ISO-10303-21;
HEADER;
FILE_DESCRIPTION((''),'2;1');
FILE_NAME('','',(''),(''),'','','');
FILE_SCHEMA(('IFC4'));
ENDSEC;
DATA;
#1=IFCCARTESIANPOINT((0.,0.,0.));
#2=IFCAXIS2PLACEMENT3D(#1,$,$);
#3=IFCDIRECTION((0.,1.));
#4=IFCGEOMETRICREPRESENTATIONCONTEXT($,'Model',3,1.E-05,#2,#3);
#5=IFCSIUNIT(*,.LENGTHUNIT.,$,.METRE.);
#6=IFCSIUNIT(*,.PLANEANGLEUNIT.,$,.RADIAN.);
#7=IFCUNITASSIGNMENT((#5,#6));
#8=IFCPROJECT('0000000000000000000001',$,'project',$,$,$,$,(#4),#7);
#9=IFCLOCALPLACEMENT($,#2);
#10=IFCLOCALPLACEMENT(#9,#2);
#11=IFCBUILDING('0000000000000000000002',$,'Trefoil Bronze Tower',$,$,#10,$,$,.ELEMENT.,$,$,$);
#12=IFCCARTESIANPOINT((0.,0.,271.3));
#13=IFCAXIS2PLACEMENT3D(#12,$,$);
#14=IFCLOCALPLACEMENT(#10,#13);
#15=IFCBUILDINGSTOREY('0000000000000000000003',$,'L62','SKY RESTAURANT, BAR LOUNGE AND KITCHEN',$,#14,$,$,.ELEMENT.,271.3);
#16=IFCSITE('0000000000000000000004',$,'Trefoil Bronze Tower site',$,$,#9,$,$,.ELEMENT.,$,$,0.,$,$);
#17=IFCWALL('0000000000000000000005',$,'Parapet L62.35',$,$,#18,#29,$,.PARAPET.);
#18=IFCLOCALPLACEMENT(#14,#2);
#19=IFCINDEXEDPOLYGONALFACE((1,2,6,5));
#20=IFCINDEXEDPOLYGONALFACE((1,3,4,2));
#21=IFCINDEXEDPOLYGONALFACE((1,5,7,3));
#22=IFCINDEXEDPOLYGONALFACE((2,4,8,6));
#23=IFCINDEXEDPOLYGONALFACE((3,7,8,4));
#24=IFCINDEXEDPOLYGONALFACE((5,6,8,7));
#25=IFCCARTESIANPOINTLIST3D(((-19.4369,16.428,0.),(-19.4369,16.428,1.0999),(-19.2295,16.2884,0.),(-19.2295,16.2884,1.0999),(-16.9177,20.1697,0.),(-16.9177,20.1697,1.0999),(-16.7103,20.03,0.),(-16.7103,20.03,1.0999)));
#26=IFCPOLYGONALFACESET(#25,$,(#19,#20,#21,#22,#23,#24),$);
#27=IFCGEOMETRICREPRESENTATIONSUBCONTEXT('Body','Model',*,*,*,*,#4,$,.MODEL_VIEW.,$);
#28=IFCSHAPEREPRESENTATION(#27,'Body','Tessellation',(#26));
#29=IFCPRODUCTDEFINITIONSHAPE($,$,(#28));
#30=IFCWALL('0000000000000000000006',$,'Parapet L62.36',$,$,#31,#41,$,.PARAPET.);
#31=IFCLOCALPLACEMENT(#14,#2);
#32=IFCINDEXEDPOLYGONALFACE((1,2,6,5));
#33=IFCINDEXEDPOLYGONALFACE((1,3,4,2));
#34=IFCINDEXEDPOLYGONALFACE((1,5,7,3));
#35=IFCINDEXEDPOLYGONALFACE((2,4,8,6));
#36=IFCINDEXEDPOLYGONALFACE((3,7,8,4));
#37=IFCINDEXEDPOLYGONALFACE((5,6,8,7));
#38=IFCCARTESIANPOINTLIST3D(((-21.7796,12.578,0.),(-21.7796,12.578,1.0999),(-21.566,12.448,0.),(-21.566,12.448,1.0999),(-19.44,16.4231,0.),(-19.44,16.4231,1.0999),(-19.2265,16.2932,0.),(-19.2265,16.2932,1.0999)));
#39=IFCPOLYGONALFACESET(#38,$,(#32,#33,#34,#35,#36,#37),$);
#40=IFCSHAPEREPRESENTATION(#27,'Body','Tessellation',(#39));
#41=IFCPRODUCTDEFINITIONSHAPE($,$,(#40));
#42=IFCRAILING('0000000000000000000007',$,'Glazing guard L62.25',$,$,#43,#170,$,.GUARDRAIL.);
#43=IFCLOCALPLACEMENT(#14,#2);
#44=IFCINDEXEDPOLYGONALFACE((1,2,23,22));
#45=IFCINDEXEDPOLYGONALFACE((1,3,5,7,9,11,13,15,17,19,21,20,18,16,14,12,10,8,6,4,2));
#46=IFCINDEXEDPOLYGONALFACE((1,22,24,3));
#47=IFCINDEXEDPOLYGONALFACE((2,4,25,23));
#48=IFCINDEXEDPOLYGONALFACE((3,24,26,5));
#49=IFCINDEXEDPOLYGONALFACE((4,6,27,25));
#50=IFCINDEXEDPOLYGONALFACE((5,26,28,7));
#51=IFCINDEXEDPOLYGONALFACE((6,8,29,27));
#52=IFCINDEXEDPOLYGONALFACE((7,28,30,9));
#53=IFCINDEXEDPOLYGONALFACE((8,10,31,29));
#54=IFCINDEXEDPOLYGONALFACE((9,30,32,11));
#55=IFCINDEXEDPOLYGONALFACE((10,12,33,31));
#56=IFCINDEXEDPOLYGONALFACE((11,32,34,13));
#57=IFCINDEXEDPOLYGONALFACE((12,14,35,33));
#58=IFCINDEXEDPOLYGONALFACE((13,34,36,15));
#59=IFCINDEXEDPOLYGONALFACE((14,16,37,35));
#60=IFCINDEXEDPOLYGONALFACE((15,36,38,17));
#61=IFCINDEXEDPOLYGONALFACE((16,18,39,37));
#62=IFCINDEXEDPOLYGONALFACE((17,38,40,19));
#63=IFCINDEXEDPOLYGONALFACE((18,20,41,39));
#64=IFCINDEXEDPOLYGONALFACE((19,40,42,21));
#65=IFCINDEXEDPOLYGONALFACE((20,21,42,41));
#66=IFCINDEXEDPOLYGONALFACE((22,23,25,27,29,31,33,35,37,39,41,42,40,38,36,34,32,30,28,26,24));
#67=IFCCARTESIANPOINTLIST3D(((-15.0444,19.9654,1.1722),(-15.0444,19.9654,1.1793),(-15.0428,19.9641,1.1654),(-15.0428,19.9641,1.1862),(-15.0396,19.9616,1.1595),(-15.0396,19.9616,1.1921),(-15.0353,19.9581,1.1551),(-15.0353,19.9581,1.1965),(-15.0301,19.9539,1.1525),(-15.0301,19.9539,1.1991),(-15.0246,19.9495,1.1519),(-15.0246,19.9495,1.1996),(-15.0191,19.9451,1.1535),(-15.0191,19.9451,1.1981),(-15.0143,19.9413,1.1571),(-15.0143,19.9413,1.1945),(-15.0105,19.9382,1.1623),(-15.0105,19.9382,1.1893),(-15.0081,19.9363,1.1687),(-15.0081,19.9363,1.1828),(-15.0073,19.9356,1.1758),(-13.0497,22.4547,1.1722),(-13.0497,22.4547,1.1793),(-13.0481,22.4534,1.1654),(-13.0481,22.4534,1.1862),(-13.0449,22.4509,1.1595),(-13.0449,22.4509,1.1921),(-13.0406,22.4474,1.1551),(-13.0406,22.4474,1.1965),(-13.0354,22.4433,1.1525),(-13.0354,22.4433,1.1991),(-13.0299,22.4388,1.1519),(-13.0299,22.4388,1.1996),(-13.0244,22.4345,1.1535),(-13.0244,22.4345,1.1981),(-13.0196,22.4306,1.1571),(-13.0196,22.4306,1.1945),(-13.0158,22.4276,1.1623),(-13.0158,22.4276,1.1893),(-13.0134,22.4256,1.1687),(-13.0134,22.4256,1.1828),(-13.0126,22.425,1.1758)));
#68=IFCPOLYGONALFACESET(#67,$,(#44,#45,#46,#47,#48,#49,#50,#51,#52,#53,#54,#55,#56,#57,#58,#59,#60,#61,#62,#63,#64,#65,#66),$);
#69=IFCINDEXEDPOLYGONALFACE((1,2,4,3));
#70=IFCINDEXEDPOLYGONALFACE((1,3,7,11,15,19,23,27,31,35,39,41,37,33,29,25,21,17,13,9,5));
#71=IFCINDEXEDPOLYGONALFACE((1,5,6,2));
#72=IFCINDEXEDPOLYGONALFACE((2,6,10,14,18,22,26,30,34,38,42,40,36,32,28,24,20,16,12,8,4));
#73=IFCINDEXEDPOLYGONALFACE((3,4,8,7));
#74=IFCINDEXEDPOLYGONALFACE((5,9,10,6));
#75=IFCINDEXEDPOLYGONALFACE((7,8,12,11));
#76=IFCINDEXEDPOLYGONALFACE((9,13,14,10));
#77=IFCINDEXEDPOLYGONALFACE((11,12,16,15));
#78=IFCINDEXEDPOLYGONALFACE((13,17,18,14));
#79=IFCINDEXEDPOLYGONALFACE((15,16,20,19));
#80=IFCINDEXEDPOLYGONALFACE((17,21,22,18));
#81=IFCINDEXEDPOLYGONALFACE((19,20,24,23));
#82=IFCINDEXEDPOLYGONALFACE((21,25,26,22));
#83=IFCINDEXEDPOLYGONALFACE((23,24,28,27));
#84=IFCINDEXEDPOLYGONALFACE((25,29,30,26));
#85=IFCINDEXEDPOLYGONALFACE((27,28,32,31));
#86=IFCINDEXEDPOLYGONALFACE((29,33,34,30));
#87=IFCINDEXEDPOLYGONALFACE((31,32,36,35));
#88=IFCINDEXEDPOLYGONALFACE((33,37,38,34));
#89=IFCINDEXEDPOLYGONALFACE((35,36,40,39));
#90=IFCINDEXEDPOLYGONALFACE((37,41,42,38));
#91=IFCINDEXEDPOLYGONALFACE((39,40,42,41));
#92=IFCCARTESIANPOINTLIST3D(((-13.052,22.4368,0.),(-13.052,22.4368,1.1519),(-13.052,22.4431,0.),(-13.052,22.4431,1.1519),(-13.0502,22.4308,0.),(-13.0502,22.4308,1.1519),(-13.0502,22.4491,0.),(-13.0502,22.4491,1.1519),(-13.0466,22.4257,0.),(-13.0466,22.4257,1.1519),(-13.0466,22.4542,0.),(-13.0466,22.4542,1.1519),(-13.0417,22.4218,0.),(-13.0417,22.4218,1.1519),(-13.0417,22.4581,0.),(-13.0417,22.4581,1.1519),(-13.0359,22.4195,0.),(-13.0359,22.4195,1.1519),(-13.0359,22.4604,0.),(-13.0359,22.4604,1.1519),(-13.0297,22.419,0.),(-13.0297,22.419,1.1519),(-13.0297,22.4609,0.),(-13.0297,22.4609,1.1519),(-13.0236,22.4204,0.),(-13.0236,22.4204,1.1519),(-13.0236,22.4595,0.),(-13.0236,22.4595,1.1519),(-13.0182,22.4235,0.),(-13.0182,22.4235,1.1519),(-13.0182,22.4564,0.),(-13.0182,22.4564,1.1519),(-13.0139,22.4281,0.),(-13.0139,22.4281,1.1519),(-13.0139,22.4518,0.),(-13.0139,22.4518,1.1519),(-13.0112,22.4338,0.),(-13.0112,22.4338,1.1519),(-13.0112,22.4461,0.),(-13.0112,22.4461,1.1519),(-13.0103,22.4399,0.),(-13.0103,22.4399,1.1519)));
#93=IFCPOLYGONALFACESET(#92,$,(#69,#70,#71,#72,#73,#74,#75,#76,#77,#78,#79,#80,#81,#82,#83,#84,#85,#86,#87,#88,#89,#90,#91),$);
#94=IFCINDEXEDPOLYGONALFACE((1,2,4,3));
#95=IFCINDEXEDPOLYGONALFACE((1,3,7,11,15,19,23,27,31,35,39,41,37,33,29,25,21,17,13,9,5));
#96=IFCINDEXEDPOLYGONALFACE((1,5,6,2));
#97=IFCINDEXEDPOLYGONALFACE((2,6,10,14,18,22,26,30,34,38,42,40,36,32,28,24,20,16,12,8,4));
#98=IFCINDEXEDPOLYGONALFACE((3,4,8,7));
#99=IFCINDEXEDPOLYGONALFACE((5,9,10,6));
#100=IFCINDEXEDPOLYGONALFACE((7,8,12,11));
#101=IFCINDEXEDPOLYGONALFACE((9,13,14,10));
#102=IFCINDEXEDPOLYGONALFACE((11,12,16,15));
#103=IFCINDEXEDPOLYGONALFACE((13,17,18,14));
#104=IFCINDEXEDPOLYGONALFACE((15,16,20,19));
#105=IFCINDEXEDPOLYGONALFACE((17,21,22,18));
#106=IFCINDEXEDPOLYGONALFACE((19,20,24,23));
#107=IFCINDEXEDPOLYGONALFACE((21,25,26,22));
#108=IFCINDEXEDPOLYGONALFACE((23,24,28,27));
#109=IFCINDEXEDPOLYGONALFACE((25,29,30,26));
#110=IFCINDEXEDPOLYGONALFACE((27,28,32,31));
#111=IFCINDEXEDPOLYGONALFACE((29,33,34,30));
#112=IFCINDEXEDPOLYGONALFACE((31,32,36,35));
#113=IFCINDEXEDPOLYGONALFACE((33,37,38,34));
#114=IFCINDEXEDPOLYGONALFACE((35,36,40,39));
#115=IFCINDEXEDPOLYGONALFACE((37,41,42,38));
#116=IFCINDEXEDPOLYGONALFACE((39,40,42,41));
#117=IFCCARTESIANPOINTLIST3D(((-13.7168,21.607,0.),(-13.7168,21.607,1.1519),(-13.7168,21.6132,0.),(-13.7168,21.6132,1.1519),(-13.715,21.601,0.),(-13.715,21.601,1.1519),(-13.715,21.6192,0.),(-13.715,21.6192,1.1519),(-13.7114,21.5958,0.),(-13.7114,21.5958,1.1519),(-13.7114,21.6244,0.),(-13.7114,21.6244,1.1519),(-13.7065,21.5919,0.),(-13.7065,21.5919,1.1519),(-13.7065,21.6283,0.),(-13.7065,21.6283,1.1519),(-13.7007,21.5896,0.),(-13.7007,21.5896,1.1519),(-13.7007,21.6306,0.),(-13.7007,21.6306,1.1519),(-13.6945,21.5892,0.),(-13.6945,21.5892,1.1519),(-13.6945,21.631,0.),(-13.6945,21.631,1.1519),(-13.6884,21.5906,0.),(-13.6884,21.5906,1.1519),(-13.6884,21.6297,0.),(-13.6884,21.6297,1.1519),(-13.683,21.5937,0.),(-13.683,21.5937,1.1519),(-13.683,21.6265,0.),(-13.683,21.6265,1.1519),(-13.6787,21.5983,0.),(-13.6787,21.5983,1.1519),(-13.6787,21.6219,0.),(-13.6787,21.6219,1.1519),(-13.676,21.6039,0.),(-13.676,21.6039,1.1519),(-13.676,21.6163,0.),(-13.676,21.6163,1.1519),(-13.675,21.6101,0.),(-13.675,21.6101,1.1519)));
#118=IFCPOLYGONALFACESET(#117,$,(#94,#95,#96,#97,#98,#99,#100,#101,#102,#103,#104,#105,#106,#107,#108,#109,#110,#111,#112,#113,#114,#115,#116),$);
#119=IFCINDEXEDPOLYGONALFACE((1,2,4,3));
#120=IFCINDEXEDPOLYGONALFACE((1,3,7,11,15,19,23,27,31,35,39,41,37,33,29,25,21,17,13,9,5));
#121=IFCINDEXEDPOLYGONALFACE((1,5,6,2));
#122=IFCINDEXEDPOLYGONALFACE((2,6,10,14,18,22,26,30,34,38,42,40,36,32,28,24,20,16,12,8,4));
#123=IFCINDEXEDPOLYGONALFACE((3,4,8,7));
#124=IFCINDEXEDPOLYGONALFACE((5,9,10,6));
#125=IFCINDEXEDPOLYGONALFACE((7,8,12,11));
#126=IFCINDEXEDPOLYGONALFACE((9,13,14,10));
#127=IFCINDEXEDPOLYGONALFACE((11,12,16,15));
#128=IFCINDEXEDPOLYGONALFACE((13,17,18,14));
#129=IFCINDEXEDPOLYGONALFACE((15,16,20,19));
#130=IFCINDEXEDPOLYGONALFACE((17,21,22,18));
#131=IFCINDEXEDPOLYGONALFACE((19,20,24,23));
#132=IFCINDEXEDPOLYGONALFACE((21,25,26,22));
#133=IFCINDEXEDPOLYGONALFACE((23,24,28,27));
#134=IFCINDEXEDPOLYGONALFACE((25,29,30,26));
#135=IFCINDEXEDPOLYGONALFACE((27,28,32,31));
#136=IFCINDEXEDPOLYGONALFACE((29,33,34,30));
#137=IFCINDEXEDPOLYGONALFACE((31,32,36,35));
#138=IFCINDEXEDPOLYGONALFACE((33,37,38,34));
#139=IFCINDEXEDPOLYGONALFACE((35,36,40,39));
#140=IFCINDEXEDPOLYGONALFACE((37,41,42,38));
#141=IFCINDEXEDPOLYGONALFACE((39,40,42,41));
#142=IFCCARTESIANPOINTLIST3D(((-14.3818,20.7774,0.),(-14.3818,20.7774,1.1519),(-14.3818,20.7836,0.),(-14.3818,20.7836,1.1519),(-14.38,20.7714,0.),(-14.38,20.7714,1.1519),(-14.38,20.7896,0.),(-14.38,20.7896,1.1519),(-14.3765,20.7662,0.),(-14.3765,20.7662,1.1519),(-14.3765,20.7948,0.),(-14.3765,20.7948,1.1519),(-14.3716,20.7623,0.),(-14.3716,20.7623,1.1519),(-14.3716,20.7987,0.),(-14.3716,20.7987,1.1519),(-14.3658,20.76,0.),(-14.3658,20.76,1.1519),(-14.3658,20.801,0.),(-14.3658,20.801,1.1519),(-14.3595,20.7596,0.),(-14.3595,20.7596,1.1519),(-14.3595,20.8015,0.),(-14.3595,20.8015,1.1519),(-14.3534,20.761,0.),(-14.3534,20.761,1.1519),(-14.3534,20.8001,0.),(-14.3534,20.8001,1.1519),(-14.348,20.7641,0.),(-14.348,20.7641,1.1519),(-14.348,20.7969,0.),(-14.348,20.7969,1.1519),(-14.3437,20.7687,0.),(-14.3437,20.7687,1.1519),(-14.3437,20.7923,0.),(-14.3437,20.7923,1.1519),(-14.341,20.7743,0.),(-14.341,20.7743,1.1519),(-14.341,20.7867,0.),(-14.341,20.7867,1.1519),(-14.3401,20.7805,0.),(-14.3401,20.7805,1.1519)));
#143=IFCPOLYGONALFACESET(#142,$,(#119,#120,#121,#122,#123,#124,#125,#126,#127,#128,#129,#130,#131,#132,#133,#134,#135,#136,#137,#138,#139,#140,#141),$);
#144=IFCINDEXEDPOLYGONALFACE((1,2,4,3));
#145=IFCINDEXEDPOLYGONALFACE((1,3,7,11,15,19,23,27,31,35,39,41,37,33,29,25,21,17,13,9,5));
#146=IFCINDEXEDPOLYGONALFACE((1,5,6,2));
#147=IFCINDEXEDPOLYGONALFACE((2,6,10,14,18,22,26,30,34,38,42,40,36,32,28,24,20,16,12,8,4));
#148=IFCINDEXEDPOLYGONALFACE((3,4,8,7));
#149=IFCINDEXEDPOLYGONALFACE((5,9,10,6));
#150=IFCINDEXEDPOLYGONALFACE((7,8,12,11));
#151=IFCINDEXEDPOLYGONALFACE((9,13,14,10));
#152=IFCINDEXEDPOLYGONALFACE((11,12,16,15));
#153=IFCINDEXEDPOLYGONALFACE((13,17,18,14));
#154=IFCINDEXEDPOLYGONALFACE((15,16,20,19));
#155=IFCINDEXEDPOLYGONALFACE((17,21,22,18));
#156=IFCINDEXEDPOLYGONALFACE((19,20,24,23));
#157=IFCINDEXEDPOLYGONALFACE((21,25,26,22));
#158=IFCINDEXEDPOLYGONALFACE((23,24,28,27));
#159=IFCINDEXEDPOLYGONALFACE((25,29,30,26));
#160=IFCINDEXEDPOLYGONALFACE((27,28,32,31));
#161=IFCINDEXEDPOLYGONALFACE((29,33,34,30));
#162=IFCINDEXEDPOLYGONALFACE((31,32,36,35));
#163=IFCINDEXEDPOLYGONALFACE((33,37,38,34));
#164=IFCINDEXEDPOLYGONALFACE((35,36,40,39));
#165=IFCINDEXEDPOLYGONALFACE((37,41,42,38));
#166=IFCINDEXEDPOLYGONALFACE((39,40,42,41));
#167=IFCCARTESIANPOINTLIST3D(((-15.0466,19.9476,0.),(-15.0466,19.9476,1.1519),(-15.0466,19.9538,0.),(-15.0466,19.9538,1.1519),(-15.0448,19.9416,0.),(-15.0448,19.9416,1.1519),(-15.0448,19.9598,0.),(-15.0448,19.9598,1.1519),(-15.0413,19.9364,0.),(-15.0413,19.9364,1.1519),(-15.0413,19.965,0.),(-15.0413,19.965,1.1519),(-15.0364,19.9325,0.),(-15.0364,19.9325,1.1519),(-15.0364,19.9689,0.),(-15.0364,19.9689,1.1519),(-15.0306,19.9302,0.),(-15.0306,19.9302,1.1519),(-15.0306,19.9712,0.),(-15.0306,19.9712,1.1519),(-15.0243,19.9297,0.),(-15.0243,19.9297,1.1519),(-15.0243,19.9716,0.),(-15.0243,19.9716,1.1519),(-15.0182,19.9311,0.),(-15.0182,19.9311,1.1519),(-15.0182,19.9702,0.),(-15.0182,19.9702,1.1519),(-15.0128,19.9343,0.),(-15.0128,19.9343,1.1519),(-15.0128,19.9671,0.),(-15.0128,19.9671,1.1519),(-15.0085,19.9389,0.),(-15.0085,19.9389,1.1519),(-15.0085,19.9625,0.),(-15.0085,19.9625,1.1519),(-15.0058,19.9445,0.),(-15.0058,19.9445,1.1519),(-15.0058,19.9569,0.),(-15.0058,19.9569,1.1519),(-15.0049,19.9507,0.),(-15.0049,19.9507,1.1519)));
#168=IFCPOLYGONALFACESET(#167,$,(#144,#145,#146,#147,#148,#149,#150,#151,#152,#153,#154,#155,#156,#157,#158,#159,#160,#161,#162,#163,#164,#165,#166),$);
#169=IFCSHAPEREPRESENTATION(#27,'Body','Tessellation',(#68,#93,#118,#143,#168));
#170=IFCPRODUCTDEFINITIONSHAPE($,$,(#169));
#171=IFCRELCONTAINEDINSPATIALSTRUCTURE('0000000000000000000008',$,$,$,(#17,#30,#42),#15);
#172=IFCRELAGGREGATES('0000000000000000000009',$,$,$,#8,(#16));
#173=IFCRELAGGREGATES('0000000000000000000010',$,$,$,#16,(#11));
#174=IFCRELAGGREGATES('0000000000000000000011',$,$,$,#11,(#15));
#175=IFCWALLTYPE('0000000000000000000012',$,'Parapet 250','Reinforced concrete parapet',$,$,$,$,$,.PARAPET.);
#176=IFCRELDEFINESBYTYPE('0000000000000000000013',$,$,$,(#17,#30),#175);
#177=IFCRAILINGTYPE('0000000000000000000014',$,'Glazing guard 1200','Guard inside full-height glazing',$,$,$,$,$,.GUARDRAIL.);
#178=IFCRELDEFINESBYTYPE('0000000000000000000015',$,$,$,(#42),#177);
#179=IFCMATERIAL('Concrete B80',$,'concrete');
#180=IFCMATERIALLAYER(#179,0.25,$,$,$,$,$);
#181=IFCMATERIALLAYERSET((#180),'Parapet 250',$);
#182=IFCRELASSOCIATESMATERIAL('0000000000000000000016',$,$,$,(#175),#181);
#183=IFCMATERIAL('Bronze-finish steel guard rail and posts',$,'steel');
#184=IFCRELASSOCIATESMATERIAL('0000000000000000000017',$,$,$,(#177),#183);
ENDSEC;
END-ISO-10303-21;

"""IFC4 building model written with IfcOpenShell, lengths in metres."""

from ifc_helpers import new_model, si_unit, direction, frame, frame_2d, origin, origin_2d, place, context, subcontext, project, spatial, rectangle, circle, extrude, material, layer, layer_set, type_object, element, save


model = new_model("IFC4")

# Units and contexts
model_context = context("Model", 3, precision=1e-05, world=origin(), true_north=direction((0.0, 1.0)))
body_context = subcontext(model_context, "Body", "Model", "MODEL_VIEW")
ifc_project = project(units=[si_unit("LENGTHUNIT", "METRE"), si_unit("PLANEANGLEUNIT", "RADIAN")], contexts=[model_context])

# Site, building, storey
site_placement = place(None, origin())
site = spatial("IfcSite", under=ifc_project, at=site_placement, Name="Trefoil Bronze Tower site", CompositionType="ELEMENT", RefElevation=0.0)
building_placement = place(site_placement, origin())
building = spatial("IfcBuilding", under=site, at=building_placement, Name="Trefoil Bronze Tower", CompositionType="ELEMENT")
storey_placement = place(building_placement, frame((0.0, 0.0, 271.3)))
storey = spatial("IfcBuildingStorey", under=building, at=storey_placement, Name="L62", Description="SKY RESTAURANT, BAR LOUNGE AND KITCHEN", CompositionType="ELEMENT", Elevation=271.3)

# Walls
ifc_material_1 = material(Name="Concrete B80", Category="concrete")
ifc_layer_1 = layer(ifc_material_1, 0.25)
ifc_layer_set_1 = layer_set([ifc_layer_1], Name="Parapet 250")
wall_type_1 = type_object("IfcWallType", Name="Parapet 250", Description="Reinforced concrete parapet", PredefinedType="PARAPET", material=ifc_layer_set_1)
wall_1_placement = place(storey_placement, frame((-16.814, 20.0999, 0.0), z_axis=(0.0, 0.0, 1.0), x_axis=(-0.558504, -0.829502, 0.0)))
element("IfcWall", 1, at=wall_1_placement, inside=storey, type_object=wall_type_1, Name="Parapet L62.35", PredefinedType="PARAPET", context=body_context, shape_type="SweptSolid", body=[
    extrude(rectangle(XDim=4.5107, YDim=0.25, at=frame_2d((2.2554, 0.0))), origin(), (0.0, 0.0, 1.0), 1.0999),
])
wall_2_placement = place(storey_placement, frame((-19.3333, 16.3582, 0.0), z_axis=(0.0, 0.0, 1.0), x_axis=(-0.51979, -0.854294, 0.0)))
element("IfcWall", 2, at=wall_2_placement, inside=storey, type_object=wall_type_1, Name="Parapet L62.36", PredefinedType="PARAPET", context=body_context, shape_type="SweptSolid", body=[
    extrude(rectangle(XDim=4.501, YDim=0.25, at=frame_2d((2.2505, 0.0))), origin(), (0.0, 0.0, 1.0), 1.0999),
])

# Railing
ifc_material_2 = material(Name="Bronze-finish steel guard rail and posts", Category="steel")
railing_type = type_object("IfcRailingType", Name="Glazing guard 1200", Description="Guard inside full-height glazing", PredefinedType="GUARDRAIL", material=ifc_material_2)
railing_1_placement = place(storey_placement, frame((-13.0312, 22.4399, 0.0)))
element("IfcRailing", 3, at=railing_1_placement, inside=storey, type_object=railing_type, Name="Glazing guard L62.25", PredefinedType="GUARDRAIL", context=body_context, shape_type="SweptSolid", body=[
    extrude(circle(Radius=0.0239, at=origin_2d()), frame((0.0, 0.0, 1.1758), z_axis=(-0.625311, -0.780376, 0.0), x_axis=(0.780376, -0.625311, 0.0)), (0.0, 0.0, 1.0), 3.1899),
    extrude(circle(Radius=0.021, at=origin_2d()), origin(), (0.0, 0.0, 1.0), 1.1519),
    extrude(circle(Radius=0.021, at=origin_2d()), frame((-0.6648, -0.8298, 0.0)), (0.0, 0.0, 1.0), 1.1519),
    extrude(circle(Radius=0.021, at=origin_2d()), frame((-1.3298, -1.6594, 0.0)), (0.0, 0.0, 1.0), 1.1519),
    extrude(circle(Radius=0.021, at=origin_2d()), frame((-1.9946, -2.4893, 0.0)), (0.0, 0.0, 1.0), 1.1519),
])

save(model, "model.ifc")
